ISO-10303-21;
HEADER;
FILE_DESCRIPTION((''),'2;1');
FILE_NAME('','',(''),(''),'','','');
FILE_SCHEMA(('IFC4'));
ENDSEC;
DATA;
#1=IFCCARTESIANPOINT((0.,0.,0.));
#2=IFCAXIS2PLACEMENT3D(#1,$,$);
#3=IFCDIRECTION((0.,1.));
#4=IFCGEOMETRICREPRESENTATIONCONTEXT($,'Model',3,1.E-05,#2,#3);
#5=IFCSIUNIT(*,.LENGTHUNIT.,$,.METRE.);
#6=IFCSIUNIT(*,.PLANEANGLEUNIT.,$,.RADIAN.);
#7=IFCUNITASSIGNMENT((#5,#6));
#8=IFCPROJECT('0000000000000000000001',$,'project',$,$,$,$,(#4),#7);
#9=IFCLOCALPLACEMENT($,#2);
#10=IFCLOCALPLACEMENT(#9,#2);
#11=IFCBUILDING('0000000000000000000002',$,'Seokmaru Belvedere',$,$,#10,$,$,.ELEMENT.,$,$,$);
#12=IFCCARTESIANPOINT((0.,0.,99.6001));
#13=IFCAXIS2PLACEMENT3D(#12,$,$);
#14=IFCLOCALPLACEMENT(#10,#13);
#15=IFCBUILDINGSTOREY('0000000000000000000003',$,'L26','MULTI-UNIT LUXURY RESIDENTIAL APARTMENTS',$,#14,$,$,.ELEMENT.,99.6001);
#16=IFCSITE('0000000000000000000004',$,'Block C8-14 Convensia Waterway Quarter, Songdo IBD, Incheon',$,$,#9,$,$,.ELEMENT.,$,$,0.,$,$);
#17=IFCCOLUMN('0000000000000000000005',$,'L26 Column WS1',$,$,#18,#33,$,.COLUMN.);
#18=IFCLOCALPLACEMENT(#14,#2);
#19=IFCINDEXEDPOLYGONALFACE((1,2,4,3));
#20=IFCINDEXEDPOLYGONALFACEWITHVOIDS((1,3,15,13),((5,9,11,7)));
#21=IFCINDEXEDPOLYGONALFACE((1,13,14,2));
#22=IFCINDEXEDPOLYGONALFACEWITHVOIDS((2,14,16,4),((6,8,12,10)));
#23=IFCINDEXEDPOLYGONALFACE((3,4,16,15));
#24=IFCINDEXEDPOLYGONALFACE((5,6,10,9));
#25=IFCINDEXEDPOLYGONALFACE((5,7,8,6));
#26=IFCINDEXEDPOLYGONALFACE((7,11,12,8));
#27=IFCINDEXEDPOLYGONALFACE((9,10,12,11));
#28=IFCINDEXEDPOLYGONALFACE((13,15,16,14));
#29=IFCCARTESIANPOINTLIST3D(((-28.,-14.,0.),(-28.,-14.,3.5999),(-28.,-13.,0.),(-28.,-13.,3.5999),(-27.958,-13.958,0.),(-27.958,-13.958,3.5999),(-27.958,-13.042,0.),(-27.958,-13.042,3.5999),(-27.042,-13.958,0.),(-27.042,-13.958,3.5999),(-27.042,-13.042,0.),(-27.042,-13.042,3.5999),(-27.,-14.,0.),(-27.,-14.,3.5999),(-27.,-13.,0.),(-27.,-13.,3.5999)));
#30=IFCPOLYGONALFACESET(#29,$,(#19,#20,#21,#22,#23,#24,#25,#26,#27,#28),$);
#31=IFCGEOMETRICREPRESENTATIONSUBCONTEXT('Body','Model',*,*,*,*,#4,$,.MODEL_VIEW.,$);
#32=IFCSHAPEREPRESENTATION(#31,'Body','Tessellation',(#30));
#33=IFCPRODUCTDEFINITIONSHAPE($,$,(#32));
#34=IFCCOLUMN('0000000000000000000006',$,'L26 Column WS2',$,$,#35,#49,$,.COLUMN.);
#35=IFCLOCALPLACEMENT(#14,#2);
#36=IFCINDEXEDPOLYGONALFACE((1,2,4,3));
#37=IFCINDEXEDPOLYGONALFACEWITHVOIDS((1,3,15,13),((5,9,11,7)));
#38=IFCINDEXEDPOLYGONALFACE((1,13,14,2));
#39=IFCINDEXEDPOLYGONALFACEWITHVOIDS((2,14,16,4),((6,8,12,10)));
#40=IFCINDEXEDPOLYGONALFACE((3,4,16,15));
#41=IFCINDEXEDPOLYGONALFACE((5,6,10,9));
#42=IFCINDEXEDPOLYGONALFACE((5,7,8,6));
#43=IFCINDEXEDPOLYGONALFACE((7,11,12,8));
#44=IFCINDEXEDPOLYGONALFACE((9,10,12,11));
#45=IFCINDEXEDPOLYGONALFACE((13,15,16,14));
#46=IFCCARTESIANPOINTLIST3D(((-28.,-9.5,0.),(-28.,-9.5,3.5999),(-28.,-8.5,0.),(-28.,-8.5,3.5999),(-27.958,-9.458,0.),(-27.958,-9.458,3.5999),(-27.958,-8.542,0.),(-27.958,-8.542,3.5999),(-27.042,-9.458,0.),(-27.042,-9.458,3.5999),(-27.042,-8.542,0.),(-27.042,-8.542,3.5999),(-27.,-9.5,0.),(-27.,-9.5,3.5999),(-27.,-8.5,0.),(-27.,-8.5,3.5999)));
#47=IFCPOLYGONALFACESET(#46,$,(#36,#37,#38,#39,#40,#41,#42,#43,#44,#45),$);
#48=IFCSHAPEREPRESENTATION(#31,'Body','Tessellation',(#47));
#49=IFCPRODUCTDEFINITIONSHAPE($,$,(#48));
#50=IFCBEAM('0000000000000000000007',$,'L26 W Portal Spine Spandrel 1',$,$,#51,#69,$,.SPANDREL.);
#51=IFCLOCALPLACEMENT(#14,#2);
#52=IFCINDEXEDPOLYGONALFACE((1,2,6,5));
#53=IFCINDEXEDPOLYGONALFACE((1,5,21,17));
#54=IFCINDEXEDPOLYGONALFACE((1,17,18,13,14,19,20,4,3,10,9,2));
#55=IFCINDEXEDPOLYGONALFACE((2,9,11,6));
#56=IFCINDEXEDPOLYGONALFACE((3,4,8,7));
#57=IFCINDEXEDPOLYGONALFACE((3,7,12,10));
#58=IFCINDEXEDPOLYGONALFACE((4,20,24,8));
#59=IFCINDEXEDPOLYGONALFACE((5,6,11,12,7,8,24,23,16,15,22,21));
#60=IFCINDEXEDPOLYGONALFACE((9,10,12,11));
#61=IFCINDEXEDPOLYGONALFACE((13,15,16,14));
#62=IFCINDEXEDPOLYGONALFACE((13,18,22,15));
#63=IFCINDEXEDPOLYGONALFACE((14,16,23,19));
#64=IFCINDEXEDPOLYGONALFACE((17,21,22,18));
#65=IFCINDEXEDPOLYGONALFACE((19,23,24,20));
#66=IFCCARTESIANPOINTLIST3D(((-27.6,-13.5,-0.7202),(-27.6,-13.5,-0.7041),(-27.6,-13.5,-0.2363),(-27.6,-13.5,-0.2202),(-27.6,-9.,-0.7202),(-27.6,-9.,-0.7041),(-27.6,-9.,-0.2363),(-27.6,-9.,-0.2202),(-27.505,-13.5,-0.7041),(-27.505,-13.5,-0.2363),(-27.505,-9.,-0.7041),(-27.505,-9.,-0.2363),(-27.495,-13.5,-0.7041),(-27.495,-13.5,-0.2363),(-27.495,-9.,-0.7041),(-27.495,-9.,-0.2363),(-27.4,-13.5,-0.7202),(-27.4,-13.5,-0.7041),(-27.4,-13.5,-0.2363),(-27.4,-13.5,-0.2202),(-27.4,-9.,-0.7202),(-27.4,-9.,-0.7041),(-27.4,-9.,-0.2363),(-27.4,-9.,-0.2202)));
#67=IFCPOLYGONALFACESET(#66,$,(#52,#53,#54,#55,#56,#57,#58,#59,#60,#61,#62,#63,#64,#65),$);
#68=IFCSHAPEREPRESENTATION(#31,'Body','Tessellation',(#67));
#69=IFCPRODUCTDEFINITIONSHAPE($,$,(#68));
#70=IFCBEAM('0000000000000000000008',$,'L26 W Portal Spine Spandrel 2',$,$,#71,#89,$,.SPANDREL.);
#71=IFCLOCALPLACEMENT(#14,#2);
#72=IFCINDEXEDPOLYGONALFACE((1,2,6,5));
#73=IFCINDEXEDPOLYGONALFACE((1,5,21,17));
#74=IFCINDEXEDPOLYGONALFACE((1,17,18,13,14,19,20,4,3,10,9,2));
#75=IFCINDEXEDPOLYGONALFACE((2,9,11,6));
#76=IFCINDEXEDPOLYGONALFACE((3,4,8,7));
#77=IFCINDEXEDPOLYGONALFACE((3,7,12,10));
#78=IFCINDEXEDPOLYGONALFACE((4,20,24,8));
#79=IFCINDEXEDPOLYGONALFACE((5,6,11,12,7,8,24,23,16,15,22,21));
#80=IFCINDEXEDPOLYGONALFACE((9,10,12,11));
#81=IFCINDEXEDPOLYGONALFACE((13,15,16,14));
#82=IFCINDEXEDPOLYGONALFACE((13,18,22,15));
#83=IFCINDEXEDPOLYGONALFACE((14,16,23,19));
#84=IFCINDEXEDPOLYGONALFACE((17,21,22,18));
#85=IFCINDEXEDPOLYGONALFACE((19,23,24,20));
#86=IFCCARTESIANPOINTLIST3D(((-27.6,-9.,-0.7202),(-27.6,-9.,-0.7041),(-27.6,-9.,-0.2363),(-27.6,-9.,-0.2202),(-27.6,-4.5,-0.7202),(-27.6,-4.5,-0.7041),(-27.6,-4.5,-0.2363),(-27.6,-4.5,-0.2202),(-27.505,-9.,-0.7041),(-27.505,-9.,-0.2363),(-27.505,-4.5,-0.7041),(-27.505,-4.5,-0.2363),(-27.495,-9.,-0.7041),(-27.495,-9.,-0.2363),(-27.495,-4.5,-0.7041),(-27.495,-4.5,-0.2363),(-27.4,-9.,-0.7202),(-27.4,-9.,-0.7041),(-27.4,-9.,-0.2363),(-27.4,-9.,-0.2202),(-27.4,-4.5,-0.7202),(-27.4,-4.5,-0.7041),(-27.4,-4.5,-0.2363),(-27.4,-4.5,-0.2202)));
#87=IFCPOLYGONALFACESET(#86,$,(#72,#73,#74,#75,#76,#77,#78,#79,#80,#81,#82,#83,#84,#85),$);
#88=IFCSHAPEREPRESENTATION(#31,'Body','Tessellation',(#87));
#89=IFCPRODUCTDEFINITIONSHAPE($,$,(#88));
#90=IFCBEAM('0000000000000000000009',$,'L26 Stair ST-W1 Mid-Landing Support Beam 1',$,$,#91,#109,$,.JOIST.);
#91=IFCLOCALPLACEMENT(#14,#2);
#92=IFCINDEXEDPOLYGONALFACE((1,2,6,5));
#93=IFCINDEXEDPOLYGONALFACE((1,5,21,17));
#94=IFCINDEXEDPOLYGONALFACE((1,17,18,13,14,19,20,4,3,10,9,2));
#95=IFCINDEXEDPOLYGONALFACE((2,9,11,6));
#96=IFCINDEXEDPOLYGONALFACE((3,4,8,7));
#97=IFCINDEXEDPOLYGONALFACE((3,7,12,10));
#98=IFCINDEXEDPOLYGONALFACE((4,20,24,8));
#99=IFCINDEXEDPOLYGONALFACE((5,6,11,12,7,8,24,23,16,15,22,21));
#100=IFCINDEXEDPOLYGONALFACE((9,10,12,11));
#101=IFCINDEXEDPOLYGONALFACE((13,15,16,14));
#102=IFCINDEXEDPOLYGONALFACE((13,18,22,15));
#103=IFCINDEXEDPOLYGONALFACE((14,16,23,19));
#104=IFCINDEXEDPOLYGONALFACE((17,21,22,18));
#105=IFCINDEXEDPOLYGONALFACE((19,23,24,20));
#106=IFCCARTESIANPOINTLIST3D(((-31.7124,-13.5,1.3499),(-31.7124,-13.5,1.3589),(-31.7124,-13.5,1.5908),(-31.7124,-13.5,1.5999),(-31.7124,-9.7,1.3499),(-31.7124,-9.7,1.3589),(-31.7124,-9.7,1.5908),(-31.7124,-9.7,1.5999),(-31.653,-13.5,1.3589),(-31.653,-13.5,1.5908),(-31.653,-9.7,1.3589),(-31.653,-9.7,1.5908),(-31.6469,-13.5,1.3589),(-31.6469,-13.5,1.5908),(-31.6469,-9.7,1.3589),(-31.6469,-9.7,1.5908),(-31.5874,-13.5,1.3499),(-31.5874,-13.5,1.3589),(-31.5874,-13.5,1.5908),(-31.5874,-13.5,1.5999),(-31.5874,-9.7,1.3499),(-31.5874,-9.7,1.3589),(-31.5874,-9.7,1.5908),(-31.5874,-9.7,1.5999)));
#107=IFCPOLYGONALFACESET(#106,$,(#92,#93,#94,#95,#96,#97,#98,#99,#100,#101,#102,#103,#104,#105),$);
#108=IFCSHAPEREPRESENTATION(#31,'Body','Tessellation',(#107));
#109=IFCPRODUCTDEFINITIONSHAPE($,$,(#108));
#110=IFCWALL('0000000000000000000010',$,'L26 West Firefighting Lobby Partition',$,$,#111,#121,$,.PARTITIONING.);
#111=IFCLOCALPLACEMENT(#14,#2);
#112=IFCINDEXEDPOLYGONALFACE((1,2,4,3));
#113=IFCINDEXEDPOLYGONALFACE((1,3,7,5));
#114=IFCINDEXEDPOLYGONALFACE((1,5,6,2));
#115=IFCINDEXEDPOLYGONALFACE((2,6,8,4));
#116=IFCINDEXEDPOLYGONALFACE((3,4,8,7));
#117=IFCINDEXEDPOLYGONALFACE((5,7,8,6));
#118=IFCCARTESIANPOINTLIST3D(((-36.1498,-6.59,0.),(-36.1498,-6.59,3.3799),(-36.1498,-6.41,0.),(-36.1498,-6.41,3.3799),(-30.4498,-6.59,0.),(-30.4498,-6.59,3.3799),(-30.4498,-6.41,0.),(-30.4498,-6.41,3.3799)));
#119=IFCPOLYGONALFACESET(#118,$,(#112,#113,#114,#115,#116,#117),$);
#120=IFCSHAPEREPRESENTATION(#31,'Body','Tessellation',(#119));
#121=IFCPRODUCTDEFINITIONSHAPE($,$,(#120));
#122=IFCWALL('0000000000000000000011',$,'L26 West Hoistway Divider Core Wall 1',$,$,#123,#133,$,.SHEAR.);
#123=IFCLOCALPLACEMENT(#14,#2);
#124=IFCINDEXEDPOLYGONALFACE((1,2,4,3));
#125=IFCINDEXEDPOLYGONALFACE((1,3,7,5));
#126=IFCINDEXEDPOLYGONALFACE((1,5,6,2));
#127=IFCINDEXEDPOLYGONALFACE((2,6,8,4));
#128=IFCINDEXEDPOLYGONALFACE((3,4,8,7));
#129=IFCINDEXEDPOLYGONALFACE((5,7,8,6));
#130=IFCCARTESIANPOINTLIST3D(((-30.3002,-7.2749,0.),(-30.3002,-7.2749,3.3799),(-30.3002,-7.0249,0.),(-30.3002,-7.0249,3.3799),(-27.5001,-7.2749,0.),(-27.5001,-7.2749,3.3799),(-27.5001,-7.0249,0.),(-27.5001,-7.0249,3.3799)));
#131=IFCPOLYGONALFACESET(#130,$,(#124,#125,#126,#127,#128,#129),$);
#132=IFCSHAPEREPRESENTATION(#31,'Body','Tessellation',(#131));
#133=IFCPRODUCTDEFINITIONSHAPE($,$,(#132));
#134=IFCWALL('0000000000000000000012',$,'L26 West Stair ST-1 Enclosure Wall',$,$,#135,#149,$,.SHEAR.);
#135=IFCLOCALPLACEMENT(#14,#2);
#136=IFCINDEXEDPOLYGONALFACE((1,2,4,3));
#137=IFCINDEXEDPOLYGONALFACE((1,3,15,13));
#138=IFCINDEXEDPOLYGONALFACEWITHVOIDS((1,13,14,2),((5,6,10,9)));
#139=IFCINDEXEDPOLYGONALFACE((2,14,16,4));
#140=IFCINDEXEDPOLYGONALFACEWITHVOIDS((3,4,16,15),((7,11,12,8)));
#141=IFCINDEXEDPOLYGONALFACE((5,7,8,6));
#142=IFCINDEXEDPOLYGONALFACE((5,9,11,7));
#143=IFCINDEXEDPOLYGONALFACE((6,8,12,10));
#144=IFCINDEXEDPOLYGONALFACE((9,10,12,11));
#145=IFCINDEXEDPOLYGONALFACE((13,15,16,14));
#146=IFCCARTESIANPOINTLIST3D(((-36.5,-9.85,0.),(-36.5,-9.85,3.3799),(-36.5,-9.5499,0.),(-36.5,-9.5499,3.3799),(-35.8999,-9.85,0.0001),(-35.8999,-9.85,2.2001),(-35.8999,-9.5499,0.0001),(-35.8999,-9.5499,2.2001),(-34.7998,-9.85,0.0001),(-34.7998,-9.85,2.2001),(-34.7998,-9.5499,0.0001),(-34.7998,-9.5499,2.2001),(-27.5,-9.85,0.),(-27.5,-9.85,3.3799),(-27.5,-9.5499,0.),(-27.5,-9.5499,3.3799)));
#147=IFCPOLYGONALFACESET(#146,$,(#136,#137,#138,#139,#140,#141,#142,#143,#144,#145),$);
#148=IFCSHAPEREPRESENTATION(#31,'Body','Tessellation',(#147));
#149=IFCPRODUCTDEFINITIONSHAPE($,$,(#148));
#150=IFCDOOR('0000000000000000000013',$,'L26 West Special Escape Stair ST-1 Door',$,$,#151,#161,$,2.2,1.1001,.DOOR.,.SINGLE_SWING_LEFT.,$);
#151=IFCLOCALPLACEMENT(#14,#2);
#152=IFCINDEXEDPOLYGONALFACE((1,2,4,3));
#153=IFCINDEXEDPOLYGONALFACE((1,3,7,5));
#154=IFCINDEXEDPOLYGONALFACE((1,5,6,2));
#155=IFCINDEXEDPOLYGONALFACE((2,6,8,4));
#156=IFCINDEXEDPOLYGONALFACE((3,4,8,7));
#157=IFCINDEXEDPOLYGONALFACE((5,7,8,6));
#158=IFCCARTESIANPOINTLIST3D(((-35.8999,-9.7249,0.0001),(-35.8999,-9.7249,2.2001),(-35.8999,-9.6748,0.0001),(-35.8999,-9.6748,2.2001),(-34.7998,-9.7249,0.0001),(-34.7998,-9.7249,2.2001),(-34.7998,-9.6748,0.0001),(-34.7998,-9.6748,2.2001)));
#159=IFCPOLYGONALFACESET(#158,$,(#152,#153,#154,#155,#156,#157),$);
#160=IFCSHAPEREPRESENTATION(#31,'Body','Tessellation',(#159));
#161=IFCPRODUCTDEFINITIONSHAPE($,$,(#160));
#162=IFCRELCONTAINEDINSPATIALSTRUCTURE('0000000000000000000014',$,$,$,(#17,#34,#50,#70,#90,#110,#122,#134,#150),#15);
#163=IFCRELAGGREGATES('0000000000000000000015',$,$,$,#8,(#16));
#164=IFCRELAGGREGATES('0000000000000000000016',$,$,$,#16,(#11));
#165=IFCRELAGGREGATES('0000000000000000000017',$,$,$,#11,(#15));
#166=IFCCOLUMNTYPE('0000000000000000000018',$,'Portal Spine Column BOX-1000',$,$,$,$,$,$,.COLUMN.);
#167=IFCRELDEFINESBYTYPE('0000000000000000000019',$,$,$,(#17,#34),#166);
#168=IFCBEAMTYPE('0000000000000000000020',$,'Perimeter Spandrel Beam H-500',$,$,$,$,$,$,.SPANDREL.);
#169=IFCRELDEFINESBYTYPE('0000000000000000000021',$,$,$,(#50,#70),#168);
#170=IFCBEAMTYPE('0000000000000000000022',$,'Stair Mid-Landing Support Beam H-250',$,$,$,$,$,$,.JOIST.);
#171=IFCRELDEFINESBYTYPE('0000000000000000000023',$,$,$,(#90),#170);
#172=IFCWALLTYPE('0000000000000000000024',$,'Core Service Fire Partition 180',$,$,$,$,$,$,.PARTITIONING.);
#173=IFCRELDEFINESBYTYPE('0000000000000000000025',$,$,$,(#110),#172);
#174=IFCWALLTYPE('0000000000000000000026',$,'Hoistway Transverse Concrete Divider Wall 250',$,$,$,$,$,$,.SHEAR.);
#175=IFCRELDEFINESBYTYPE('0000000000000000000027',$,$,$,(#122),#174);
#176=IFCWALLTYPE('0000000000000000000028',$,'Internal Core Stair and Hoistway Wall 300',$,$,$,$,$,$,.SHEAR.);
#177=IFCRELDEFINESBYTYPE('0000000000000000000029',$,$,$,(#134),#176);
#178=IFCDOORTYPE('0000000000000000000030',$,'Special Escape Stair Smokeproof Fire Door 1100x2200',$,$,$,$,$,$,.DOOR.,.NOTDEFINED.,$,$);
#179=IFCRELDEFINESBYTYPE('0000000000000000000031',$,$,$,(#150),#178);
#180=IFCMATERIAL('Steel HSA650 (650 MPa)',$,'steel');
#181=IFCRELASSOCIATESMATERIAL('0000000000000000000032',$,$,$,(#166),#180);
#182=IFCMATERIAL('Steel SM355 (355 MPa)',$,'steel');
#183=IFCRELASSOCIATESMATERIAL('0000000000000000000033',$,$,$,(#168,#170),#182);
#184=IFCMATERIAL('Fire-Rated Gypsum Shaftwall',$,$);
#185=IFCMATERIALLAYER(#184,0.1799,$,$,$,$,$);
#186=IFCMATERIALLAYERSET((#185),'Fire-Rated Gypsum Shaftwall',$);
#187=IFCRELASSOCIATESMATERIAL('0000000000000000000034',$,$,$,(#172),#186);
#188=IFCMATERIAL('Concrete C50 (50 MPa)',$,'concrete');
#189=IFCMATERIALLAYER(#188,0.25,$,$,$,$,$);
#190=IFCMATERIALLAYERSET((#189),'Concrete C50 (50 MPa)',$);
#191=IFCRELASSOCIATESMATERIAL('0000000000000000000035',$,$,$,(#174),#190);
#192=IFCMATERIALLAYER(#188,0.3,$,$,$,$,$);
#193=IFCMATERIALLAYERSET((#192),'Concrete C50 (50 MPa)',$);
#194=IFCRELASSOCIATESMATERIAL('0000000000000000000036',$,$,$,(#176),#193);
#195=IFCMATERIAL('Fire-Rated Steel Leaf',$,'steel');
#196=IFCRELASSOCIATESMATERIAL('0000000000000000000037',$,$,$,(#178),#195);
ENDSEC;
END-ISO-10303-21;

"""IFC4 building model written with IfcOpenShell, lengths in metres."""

from ifc_helpers import new_model, si_unit, direction, frame, frame_2d, origin, origin_2d, place, context, subcontext, project, spatial, rectangle, hollow_rectangle, i_section, extrude, source, transform, mapped, material, layer, layer_set, material_profile, profile_set, type_object, type_shapes, element, fill, save


model = new_model("IFC4")

# Units and contexts
model_context = context("Model", 3, precision=1e-05, world=origin(), true_north=direction((0.0, 1.0)))
body_context = subcontext(model_context, "Body", "Model", "MODEL_VIEW")
ifc_project = project(units=[si_unit("LENGTHUNIT", "METRE"), si_unit("PLANEANGLEUNIT", "RADIAN")], contexts=[model_context])

# Site, building, storey
site_placement = place(None, origin())
site = spatial("IfcSite", under=ifc_project, at=site_placement, Name="Block C8-14 Convensia Waterway Quarter, Songdo IBD, Incheon", CompositionType="ELEMENT", RefElevation=0.0)
building_placement = place(site_placement, origin())
building = spatial("IfcBuilding", under=site, at=building_placement, Name="Seokmaru Belvedere", CompositionType="ELEMENT")
storey_placement = place(building_placement, frame((0.0, 0.0, 99.6001)))
storey = spatial("IfcBuildingStorey", under=building, at=storey_placement, Name="L26", Description="MULTI-UNIT LUXURY RESIDENTIAL APARTMENTS", CompositionType="ELEMENT", Elevation=99.6001)

# Columns
ifc_material_1 = material(Name="Steel HSA650 (650 MPa)", Category="steel")
ifc_material_profile_1 = material_profile(ifc_material_1, hollow_rectangle(XDim=1.0, YDim=1.0, WallThickness=0.042, at=origin_2d()), Name="BOX-1000x1000x42")
ifc_profile_set_1 = profile_set([ifc_material_profile_1], Name="Steel HSA650 (650 MPa)")
column_type = type_object("IfcColumnType", Name="Portal Spine Column BOX-1000", PredefinedType="COLUMN", material=ifc_profile_set_1)
shared_shape_1 = source(origin(), body_context, "Body", "SweptSolid", [
    extrude(hollow_rectangle(XDim=1.0, YDim=1.0, WallThickness=0.042, at=origin_2d()), origin(), (0.0, 0.0, 1.0), 3.5999),
])
type_shapes(column_type, [shared_shape_1])
for number, where, z_axis, x_axis, name in (
    (1, (-27.5, -13.5, 0.0), (0.0, 0.0, 1.0), (1.0, 0.0, 0.0), "L26 Column WS1"),
    (2, (-27.5, -9.0, 0.0), (0.0, 0.0, 1.0), (1.0, 0.0, 0.0), "L26 Column WS2"),
):
    element("IfcColumn", number, at=place(storey_placement, frame(where, z_axis=z_axis, x_axis=x_axis)), inside=storey, type_object=column_type, Name=name, PredefinedType="COLUMN", context=body_context, shape_type="MappedRepresentation", body=[
        mapped(shared_shape_1, transform((0.0, 0.0, 0.0), scale=1.0)),
    ])

# Beams
ifc_material_2 = material(Name="Steel SM355 (355 MPa)", Category="steel")
ifc_material_profile_2 = material_profile(ifc_material_2, i_section(OverallWidth=0.2, OverallDepth=0.5, WebThickness=0.01, FlangeThickness=0.0161, at=origin_2d()), Name="H-500x200x10x16")
ifc_profile_set_2 = profile_set([ifc_material_profile_2], Name="Steel SM355 (355 MPa)")
beam_type_1 = type_object("IfcBeamType", Name="Perimeter Spandrel Beam H-500", PredefinedType="SPANDREL", material=ifc_profile_set_2)
shared_shape_2 = source(origin(), body_context, "Body", "SweptSolid", [
    extrude(i_section(OverallWidth=0.2, OverallDepth=0.5, WebThickness=0.01, FlangeThickness=0.0161, at=origin_2d()), origin(), (0.0, 0.0, 1.0), 4.5),
])
type_shapes(beam_type_1, [shared_shape_2])
for number, where, z_axis, x_axis, name in (
    (3, (-27.5, -13.5, -0.4702), (0.0, 1.0, 0.0), (-1.0, 0.0, 0.0), "L26 W Portal Spine Spandrel 1"),
    (4, (-27.5, -9.0, -0.4702), (0.0, 1.0, 0.0), (-1.0, 0.0, 0.0), "L26 W Portal Spine Spandrel 2"),
):
    element("IfcBeam", number, at=place(storey_placement, frame(where, z_axis=z_axis, x_axis=x_axis)), inside=storey, type_object=beam_type_1, Name=name, PredefinedType="SPANDREL", context=body_context, shape_type="MappedRepresentation", body=[
        mapped(shared_shape_2, transform((0.0, 0.0, 0.0), scale=1.0)),
    ])
ifc_material_profile_3 = material_profile(ifc_material_2, i_section(OverallWidth=0.125, OverallDepth=0.25, WebThickness=0.0061, FlangeThickness=0.009, at=origin_2d()), Name="H-250x125x6x9")
ifc_profile_set_3 = profile_set([ifc_material_profile_3], Name="Steel SM355 (355 MPa)")
beam_type_2 = type_object("IfcBeamType", Name="Stair Mid-Landing Support Beam H-250", PredefinedType="JOIST", material=ifc_profile_set_3)
shared_shape_3 = source(origin(), body_context, "Body", "SweptSolid", [
    extrude(i_section(OverallWidth=0.125, OverallDepth=0.25, WebThickness=0.0061, FlangeThickness=0.009, at=origin_2d()), origin(), (0.0, 0.0, 1.0), 3.8),
])
type_shapes(beam_type_2, [shared_shape_3])
beam_placement = place(storey_placement, frame((-31.6499, -13.5, 1.4749), z_axis=(0.0, 1.0, 0.0), x_axis=(-1.0, 0.0, 0.0)))
element("IfcBeam", 5, at=beam_placement, inside=storey, type_object=beam_type_2, Name="L26 Stair ST-W1 Mid-Landing Support Beam 1", PredefinedType="JOIST", context=body_context, shape_type="MappedRepresentation", body=[
    mapped(shared_shape_3, transform((0.0, 0.0, 0.0), scale=1.0)),
])

# Walls
ifc_material_3 = material(Name="Fire-Rated Gypsum Shaftwall")
ifc_layer_1 = layer(ifc_material_3, 0.1799)
ifc_layer_set_1 = layer_set([ifc_layer_1], Name="Fire-Rated Gypsum Shaftwall")
wall_type_1 = type_object("IfcWallType", Name="Core Service Fire Partition 180", PredefinedType="PARTITIONING", material=ifc_layer_set_1)
wall_1_placement = place(storey_placement, frame((-36.1499, -6.5, 0.0), z_axis=(0.0, 0.0, 1.0), x_axis=(1.0, 0.0, 0.0)))
element("IfcWall", 6, at=wall_1_placement, inside=storey, type_object=wall_type_1, Name="L26 West Firefighting Lobby Partition", PredefinedType="PARTITIONING", context=body_context, shape_type="SweptSolid", body=[
    extrude(rectangle(XDim=5.7, YDim=0.1799, at=frame_2d((2.8501, 0.0))), origin(), (0.0, 0.0, 1.0), 3.3799),
])
ifc_material_4 = material(Name="Concrete C50 (50 MPa)", Category="concrete")
ifc_layer_2 = layer(ifc_material_4, 0.25)
ifc_layer_set_2 = layer_set([ifc_layer_2], Name="Concrete C50 (50 MPa)")
wall_type_2 = type_object("IfcWallType", Name="Hoistway Transverse Concrete Divider Wall 250", PredefinedType="SHEAR", material=ifc_layer_set_2)
wall_2_placement = place(storey_placement, frame((-30.3, -7.1499, 0.0), z_axis=(0.0, 0.0, 1.0), x_axis=(1.0, 0.0, 0.0)))
element("IfcWall", 7, at=wall_2_placement, inside=storey, type_object=wall_type_2, Name="L26 West Hoistway Divider Core Wall 1", PredefinedType="SHEAR", context=body_context, shape_type="SweptSolid", body=[
    extrude(rectangle(XDim=2.8, YDim=0.25, at=frame_2d((1.3999, 0.0))), origin(), (0.0, 0.0, 1.0), 3.3799),
])

# Wall, opening, door
ifc_layer_3 = layer(ifc_material_4, 0.3)
ifc_layer_set_3 = layer_set([ifc_layer_3], Name="Concrete C50 (50 MPa)")
wall_type_3 = type_object("IfcWallType", Name="Internal Core Stair and Hoistway Wall 300", PredefinedType="SHEAR", material=ifc_layer_set_3)
wall_3_placement = place(storey_placement, frame((-36.5, -9.7, 0.0), z_axis=(0.0, 0.0, 1.0), x_axis=(1.0, 0.0, 0.0)))
wall_3 = element("IfcWall", 8, at=wall_3_placement, inside=storey, type_object=wall_type_3, Name="L26 West Stair ST-1 Enclosure Wall", PredefinedType="SHEAR", context=body_context, shape_type="SweptSolid", body=[
    extrude(rectangle(XDim=9.0, YDim=0.3, at=frame_2d((4.5, 0.0))), origin(), (0.0, 0.0, 1.0), 3.3799),
])
opening_1_placement = place(wall_3_placement, frame((0.6001, 0.0, 0.0)))
opening_1 = element("IfcOpeningElement", 9, at=opening_1_placement, cuts=wall_3, PredefinedType="OPENING", context=body_context, shape_type="SweptSolid", body=[
    extrude(rectangle(XDim=1.1001, YDim=2.2, at=frame_2d((0.55, 1.1001))), frame((0.0, 0.1602, 0.0), z_axis=(0.0, -1.0, 0.0), x_axis=(1.0, 0.0, 0.0)), (0.0, 0.0, 1.0), 0.3201),
])
ifc_material_5 = material(Name="Fire-Rated Steel Leaf", Category="steel")
door_type_1 = type_object("IfcDoorType", Name="Special Escape Stair Smokeproof Fire Door 1100x2200", OperationType="NOTDEFINED", PredefinedType="DOOR", material=ifc_material_5)
shared_shape_4 = source(origin(), body_context, "Body", "SweptSolid", [
    extrude(rectangle(XDim=1.1001, YDim=2.2, at=frame_2d((0.55, 1.1001))), frame((0.0, 0.0249, 0.0), z_axis=(0.0, -1.0, 0.0), x_axis=(1.0, 0.0, 0.0)), (0.0, 0.0, 1.0), 0.05),
])
type_shapes(door_type_1, [shared_shape_4])
door_1_placement = place(opening_1_placement, frame((1.1001, 0.0, 0.0), z_axis=(0.0, 0.0, 1.0), x_axis=(-1.0, 0.0, 0.0)))
door_1 = element("IfcDoor", 10, at=door_1_placement, inside=storey, type_object=door_type_1, Name="L26 West Special Escape Stair ST-1 Door", OperationType="SINGLE_SWING_LEFT", OverallHeight=2.2, OverallWidth=1.1001, PredefinedType="DOOR", context=body_context, shape_type="MappedRepresentation", body=[
    mapped(shared_shape_4, transform((0.0, 0.0, 0.0), scale=1.0)),
])
fill(opening_1, door_1)

save(model, "model.ifc")
